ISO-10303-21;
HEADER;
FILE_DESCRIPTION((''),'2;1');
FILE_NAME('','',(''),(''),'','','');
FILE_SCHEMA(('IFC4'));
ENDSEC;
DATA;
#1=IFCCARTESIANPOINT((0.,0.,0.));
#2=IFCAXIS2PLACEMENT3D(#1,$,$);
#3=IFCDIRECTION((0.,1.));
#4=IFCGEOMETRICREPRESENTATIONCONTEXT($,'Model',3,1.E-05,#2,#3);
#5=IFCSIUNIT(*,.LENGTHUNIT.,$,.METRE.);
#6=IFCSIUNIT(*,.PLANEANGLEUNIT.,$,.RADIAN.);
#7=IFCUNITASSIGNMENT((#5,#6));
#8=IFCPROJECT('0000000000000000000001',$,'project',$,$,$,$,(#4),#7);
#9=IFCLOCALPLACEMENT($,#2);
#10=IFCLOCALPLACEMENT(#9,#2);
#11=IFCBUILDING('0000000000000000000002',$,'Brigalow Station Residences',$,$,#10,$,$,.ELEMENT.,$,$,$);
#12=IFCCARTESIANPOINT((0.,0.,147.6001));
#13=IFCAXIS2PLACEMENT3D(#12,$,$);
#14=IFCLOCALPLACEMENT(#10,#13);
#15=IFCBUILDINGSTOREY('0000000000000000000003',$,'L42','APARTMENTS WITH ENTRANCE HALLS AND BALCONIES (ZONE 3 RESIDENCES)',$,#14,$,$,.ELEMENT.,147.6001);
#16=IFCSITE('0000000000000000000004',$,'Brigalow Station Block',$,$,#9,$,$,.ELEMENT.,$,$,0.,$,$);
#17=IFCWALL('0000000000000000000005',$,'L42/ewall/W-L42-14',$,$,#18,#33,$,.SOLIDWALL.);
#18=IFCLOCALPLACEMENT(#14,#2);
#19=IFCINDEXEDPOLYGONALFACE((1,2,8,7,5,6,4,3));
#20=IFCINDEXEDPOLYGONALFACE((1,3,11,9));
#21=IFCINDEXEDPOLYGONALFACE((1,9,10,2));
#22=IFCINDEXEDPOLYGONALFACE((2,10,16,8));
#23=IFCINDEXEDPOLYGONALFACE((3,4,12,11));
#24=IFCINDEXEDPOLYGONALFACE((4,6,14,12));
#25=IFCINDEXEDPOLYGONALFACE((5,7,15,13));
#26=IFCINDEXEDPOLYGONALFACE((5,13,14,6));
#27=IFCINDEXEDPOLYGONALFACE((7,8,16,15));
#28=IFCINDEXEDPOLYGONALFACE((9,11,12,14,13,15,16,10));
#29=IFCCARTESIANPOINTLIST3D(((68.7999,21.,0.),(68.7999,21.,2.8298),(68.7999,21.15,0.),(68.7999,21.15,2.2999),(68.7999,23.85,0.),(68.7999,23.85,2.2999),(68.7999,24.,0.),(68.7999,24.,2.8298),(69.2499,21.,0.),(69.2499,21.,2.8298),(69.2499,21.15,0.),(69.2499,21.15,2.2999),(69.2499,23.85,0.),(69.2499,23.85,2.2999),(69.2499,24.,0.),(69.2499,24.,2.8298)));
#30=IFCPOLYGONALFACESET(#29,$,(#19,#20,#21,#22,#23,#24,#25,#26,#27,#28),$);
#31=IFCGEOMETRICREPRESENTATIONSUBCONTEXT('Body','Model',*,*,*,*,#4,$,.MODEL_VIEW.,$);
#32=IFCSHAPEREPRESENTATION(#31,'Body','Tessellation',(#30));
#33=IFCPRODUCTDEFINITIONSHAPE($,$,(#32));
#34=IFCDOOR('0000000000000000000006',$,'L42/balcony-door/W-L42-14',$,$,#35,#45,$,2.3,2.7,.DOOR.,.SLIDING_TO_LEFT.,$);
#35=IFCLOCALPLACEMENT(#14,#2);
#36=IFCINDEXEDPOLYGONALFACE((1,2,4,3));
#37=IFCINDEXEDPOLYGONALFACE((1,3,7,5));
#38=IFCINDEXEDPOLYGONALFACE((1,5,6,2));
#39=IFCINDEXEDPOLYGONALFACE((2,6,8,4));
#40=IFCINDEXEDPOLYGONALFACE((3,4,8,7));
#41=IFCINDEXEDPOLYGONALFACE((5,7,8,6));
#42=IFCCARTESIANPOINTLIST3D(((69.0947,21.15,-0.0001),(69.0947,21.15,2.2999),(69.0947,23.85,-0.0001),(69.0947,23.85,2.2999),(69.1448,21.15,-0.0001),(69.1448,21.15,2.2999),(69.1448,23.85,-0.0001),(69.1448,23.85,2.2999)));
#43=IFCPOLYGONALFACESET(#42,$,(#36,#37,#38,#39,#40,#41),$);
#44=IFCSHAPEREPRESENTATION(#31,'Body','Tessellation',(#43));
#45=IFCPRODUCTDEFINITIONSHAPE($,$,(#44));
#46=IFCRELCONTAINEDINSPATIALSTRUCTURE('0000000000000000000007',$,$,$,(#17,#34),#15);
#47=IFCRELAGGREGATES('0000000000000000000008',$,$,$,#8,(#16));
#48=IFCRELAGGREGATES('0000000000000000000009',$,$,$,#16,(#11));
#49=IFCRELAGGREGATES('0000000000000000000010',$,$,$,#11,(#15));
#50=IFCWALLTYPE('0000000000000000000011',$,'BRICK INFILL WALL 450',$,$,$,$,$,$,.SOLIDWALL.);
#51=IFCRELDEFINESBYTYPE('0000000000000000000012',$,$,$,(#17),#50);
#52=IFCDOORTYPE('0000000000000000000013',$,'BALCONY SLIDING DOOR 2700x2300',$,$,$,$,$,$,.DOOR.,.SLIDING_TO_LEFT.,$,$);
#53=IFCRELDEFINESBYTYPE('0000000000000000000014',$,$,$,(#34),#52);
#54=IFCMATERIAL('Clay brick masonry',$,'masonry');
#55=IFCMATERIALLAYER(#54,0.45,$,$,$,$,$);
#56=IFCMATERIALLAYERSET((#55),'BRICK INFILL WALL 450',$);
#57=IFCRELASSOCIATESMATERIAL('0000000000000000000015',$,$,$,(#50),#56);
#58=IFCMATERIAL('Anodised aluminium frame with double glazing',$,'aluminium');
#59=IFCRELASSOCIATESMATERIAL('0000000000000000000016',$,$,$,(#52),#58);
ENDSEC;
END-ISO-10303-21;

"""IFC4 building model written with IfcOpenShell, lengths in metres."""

from ifc_helpers import new_model, si_unit, direction, frame, frame_2d, origin, place, context, subcontext, project, spatial, rectangle, extrude, material, layer, layer_set, type_object, element, fill, save


model = new_model("IFC4")

# Units and contexts
model_context = context("Model", 3, precision=1e-05, world=origin(), true_north=direction((0.0, 1.0)))
body_context = subcontext(model_context, "Body", "Model", "MODEL_VIEW")
ifc_project = project(units=[si_unit("LENGTHUNIT", "METRE"), si_unit("PLANEANGLEUNIT", "RADIAN")], contexts=[model_context])

# Site, building, storey
site_placement = place(None, origin())
site = spatial("IfcSite", under=ifc_project, at=site_placement, Name="Brigalow Station Block", CompositionType="ELEMENT", RefElevation=0.0)
building_placement = place(site_placement, origin())
building = spatial("IfcBuilding", under=site, at=building_placement, Name="Brigalow Station Residences", CompositionType="ELEMENT")
storey_placement = place(building_placement, frame((0.0, 0.0, 147.6001)))
storey = spatial("IfcBuildingStorey", under=building, at=storey_placement, Name="L42", Description="APARTMENTS WITH ENTRANCE HALLS AND BALCONIES (ZONE 3 RESIDENCES)", CompositionType="ELEMENT", Elevation=147.6001)

# Shared definitions
ifc_material_1 = material(Name="Clay brick masonry", Category="masonry")
ifc_layer = layer(ifc_material_1, 0.45)
ifc_layer_set = layer_set([ifc_layer], Name="BRICK INFILL WALL 450")
wall_type = type_object("IfcWallType", Name="BRICK INFILL WALL 450", PredefinedType="SOLIDWALL", material=ifc_layer_set)

# Wall, opening, door
wall_1_placement = place(storey_placement, frame((69.0249, 21.0, 0.0), z_axis=(0.0, 0.0, 1.0), x_axis=(0.0, 1.0, 0.0)))
wall_1 = element("IfcWall", 1, at=wall_1_placement, inside=storey, type_object=wall_type, Name="L42/ewall/W-L42-14", PredefinedType="SOLIDWALL", context=body_context, shape_type="SweptSolid", body=[
    extrude(rectangle(XDim=3.0, YDim=0.45, at=frame_2d((1.5, 0.0))), origin(), (0.0, 0.0, 1.0), 2.8298),
])
opening_1_placement = place(wall_1_placement, frame((0.1499, 0.0, 0.0)))
opening_1 = element("IfcOpeningElement", 2, at=opening_1_placement, cuts=wall_1, PredefinedType="OPENING", context=body_context, shape_type="SweptSolid", body=[
    extrude(rectangle(XDim=2.7, YDim=2.3, at=frame_2d((1.3501, 1.1499))), frame((0.0, 0.2349, 0.0), z_axis=(0.0, -1.0, 0.0), x_axis=(1.0, 0.0, 0.0)), (0.0, 0.0, 1.0), 0.47),
])
ifc_material_2 = material(Name="Anodised aluminium frame with double glazing", Category="aluminium")
door_type = type_object("IfcDoorType", Name="BALCONY SLIDING DOOR 2700x2300", OperationType="SLIDING_TO_LEFT", PredefinedType="DOOR", material=ifc_material_2)
door_placement = place(opening_1_placement, origin())
door = element("IfcDoor", 3, at=door_placement, inside=storey, type_object=door_type, Name="L42/balcony-door/W-L42-14", OperationType="SLIDING_TO_LEFT", OverallHeight=2.3, OverallWidth=2.7, PredefinedType="DOOR", context=body_context, shape_type="SweptSolid", body=[
    extrude(rectangle(XDim=2.7, YDim=2.3, at=frame_2d((1.3501, 1.1499))), frame((0.0, -0.0698, 0.0), z_axis=(0.0, -1.0, 0.0), x_axis=(1.0, 0.0, 0.0)), (0.0, 0.0, 1.0), 0.05),
])
fill(opening_1, door)

save(model, "model.ifc")
